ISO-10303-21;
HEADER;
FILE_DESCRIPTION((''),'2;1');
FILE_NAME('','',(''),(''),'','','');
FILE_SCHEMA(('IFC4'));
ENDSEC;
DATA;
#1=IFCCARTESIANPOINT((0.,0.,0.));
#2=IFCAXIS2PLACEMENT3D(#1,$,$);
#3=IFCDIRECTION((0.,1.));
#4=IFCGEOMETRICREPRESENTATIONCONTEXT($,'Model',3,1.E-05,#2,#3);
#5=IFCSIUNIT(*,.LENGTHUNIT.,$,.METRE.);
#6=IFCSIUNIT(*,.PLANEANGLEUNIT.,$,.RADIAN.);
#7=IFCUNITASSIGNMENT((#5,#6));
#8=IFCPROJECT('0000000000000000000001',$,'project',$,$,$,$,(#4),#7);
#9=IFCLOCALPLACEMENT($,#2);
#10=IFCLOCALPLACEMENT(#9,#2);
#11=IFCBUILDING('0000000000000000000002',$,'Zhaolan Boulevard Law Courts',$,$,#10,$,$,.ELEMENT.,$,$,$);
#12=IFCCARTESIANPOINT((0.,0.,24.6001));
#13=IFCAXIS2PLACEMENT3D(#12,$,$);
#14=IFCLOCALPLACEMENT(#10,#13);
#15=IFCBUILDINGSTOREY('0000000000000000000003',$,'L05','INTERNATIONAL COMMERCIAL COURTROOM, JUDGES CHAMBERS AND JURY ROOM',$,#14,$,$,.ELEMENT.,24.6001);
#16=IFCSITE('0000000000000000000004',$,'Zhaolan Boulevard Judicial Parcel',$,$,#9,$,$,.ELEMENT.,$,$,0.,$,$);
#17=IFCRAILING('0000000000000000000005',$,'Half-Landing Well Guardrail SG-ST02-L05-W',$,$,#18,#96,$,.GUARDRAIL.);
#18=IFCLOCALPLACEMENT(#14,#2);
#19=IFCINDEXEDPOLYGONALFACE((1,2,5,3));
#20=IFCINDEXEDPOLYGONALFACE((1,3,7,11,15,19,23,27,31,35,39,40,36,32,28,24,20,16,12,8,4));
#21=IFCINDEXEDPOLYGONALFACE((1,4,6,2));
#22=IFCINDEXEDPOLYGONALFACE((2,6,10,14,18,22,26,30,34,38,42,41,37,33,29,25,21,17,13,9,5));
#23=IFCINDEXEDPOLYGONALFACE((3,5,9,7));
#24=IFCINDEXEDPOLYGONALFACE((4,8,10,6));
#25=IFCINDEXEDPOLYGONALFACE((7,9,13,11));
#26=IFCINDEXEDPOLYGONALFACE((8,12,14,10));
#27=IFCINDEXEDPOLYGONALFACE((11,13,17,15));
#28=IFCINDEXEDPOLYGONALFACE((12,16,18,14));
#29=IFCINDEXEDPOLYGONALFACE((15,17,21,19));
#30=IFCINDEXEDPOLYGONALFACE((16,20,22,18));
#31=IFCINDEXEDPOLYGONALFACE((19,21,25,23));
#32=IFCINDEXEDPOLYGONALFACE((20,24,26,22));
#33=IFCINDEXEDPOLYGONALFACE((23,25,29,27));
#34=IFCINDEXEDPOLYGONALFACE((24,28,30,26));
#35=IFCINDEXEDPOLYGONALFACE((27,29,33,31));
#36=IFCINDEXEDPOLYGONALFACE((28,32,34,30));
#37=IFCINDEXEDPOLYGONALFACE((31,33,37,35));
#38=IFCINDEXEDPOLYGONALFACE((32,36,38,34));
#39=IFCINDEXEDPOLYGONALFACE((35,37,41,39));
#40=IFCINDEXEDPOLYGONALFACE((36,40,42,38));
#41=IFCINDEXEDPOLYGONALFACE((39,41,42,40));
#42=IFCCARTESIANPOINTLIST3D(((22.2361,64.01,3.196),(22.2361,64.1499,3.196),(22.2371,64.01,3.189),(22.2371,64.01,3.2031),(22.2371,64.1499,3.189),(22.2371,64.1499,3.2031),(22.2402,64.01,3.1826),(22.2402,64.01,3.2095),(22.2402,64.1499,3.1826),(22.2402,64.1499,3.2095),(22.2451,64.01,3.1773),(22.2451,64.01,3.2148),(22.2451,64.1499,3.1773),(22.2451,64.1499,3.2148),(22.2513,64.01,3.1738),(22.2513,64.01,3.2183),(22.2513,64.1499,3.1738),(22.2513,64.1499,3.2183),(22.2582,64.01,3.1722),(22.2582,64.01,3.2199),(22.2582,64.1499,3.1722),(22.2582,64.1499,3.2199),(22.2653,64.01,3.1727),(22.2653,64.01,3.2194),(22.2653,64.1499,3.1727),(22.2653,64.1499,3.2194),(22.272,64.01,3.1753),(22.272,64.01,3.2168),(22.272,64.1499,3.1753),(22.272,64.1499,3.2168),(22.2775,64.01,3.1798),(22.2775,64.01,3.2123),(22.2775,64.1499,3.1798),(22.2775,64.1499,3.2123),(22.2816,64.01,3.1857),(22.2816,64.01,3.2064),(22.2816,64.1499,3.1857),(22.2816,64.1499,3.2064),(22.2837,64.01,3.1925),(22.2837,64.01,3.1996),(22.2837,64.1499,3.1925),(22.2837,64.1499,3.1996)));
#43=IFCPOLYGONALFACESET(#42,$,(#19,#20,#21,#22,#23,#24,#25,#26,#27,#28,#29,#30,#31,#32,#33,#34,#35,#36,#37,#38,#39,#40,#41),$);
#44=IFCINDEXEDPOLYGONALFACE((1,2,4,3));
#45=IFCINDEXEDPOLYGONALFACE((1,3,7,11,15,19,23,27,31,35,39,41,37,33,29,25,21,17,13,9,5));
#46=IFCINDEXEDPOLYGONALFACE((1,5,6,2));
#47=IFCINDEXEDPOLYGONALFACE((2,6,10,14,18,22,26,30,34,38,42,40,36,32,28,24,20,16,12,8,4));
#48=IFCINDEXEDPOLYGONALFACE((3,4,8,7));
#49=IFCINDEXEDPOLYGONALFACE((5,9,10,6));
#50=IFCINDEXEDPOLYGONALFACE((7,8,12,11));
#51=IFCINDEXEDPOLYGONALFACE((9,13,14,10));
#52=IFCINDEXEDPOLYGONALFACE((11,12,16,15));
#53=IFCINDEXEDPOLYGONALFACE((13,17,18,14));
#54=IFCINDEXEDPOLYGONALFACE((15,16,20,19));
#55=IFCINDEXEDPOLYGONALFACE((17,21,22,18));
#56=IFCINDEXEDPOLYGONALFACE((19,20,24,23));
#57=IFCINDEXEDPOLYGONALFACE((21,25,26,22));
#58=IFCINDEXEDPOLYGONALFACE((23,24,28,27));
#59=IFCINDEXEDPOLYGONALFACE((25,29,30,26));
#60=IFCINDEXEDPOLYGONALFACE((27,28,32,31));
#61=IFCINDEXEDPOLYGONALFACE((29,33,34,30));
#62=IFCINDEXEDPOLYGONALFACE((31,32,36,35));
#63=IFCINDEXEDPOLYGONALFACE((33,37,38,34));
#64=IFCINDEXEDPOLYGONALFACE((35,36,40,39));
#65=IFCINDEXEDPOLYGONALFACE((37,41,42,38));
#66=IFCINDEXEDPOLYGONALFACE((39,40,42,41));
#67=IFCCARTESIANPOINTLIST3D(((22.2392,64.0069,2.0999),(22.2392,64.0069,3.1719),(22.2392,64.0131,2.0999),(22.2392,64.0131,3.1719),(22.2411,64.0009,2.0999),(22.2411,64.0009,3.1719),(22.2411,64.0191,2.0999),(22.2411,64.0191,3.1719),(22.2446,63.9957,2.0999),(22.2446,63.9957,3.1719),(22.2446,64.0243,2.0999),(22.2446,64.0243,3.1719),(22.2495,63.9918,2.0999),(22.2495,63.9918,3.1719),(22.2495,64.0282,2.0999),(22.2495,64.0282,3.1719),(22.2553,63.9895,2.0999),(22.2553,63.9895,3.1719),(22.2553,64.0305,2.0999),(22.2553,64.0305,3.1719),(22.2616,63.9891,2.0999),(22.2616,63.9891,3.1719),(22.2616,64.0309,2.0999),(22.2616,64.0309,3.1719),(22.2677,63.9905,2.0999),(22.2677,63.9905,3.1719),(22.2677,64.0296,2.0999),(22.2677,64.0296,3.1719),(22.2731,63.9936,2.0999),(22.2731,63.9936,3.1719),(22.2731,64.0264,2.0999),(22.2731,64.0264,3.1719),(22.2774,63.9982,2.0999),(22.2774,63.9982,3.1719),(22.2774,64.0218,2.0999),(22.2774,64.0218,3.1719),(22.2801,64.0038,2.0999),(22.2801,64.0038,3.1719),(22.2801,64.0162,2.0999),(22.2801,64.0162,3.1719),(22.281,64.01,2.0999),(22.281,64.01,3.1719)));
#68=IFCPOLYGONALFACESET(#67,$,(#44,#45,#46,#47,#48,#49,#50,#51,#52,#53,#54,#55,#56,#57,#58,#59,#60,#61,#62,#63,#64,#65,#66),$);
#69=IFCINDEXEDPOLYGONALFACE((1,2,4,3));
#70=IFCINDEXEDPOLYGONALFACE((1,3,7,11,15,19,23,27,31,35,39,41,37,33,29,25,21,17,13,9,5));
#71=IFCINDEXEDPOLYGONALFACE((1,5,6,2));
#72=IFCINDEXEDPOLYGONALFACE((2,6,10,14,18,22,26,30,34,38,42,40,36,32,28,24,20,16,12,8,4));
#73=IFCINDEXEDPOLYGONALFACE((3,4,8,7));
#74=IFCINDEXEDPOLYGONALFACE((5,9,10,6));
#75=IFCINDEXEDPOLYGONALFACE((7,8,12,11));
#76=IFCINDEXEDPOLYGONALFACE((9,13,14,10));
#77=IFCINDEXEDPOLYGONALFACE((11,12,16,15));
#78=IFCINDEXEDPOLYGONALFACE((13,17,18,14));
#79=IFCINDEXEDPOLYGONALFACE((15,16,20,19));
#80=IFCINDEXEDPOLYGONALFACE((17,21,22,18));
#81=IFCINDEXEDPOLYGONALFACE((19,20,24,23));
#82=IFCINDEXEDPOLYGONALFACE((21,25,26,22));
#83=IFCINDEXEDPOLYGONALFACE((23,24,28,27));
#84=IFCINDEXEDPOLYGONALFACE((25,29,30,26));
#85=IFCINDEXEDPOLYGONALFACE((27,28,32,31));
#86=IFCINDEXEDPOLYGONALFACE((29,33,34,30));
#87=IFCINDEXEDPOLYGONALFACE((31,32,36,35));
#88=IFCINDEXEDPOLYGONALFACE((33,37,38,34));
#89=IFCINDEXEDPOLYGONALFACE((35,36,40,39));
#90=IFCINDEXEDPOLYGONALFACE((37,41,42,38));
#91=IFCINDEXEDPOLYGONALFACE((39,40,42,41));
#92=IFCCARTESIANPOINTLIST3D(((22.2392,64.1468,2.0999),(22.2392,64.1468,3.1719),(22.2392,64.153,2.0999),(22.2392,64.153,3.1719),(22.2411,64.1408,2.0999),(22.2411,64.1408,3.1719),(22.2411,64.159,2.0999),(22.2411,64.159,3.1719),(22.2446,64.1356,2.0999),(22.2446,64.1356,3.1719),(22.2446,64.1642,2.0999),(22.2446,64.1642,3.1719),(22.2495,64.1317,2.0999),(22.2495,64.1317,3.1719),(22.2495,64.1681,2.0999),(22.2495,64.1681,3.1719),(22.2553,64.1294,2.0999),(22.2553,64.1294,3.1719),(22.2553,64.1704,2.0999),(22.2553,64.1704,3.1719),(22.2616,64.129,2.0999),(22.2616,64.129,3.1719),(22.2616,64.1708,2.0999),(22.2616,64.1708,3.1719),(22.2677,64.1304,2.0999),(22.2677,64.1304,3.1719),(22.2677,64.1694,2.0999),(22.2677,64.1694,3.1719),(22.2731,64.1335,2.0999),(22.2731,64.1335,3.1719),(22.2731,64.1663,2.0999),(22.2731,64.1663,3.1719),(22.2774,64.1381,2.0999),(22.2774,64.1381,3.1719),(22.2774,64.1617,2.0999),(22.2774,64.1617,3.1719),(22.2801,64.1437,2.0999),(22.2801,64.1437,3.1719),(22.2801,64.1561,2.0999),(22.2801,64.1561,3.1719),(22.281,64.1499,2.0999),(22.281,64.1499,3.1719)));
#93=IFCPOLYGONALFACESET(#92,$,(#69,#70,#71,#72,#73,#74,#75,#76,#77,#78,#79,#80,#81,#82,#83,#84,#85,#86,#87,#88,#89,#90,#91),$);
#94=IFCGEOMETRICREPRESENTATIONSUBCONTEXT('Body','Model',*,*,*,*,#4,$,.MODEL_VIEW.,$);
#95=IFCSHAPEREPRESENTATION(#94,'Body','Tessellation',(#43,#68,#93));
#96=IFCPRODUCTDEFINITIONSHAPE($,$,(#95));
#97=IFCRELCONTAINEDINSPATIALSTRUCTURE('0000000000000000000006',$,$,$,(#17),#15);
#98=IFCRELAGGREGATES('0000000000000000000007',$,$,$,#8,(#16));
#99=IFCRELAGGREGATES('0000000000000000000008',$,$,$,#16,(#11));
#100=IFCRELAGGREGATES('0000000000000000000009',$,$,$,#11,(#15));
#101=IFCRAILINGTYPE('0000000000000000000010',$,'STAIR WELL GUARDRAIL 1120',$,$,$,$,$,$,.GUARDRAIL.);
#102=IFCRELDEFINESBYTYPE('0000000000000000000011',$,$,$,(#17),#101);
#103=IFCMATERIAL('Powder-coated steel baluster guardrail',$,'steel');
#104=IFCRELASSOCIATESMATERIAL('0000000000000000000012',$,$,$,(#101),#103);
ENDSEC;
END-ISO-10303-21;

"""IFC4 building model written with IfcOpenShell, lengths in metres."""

from ifc_helpers import new_model, si_unit, direction, frame, origin, origin_2d, place, context, subcontext, project, spatial, circle, extrude, material, type_object, element, save


model = new_model("IFC4")

# Units and contexts
model_context = context("Model", 3, precision=1e-05, world=origin(), true_north=direction((0.0, 1.0)))
body_context = subcontext(model_context, "Body", "Model", "MODEL_VIEW")
ifc_project = project(units=[si_unit("LENGTHUNIT", "METRE"), si_unit("PLANEANGLEUNIT", "RADIAN")], contexts=[model_context])

# Site, building, storey
site_placement = place(None, origin())
site = spatial("IfcSite", under=ifc_project, at=site_placement, Name="Zhaolan Boulevard Judicial Parcel", CompositionType="ELEMENT", RefElevation=0.0)
building_placement = place(site_placement, origin())
building = spatial("IfcBuilding", under=site, at=building_placement, Name="Zhaolan Boulevard Law Courts", CompositionType="ELEMENT")
storey_placement = place(building_placement, frame((0.0, 0.0, 24.6001)))
storey = spatial("IfcBuildingStorey", under=building, at=storey_placement, Name="L05", Description="INTERNATIONAL COMMERCIAL COURTROOM, JUDGES CHAMBERS AND JURY ROOM", CompositionType="ELEMENT", Elevation=24.6001)

# Railing
ifc_material_1 = material(Name="Powder-coated steel baluster guardrail", Category="steel")
railing_type_1 = type_object("IfcRailingType", Name="STAIR WELL GUARDRAIL 1120", PredefinedType="GUARDRAIL", material=ifc_material_1)
railing_1_placement = place(storey_placement, frame((22.26, 64.01, 2.0999)))
element("IfcRailing", 1, at=railing_1_placement, inside=storey, type_object=railing_type_1, Name="Half-Landing Well Guardrail SG-ST02-L05-W", PredefinedType="GUARDRAIL", context=body_context, shape_type="SweptSolid", body=[
    extrude(circle(Radius=0.0239, at=origin_2d()), frame((0.0, 0.0, 1.0962), z_axis=(0.0, 1.0, 0.0), x_axis=(-1.0, 0.0, 0.0)), (0.0, 0.0, 1.0), 0.1399),
    extrude(circle(Radius=0.021, at=origin_2d()), origin(), (0.0, 0.0, 1.0), 1.072),
    extrude(circle(Radius=0.021, at=origin_2d()), frame((0.0, 0.1399, 0.0)), (0.0, 0.0, 1.0), 1.072),
])

save(model, "model.ifc")
